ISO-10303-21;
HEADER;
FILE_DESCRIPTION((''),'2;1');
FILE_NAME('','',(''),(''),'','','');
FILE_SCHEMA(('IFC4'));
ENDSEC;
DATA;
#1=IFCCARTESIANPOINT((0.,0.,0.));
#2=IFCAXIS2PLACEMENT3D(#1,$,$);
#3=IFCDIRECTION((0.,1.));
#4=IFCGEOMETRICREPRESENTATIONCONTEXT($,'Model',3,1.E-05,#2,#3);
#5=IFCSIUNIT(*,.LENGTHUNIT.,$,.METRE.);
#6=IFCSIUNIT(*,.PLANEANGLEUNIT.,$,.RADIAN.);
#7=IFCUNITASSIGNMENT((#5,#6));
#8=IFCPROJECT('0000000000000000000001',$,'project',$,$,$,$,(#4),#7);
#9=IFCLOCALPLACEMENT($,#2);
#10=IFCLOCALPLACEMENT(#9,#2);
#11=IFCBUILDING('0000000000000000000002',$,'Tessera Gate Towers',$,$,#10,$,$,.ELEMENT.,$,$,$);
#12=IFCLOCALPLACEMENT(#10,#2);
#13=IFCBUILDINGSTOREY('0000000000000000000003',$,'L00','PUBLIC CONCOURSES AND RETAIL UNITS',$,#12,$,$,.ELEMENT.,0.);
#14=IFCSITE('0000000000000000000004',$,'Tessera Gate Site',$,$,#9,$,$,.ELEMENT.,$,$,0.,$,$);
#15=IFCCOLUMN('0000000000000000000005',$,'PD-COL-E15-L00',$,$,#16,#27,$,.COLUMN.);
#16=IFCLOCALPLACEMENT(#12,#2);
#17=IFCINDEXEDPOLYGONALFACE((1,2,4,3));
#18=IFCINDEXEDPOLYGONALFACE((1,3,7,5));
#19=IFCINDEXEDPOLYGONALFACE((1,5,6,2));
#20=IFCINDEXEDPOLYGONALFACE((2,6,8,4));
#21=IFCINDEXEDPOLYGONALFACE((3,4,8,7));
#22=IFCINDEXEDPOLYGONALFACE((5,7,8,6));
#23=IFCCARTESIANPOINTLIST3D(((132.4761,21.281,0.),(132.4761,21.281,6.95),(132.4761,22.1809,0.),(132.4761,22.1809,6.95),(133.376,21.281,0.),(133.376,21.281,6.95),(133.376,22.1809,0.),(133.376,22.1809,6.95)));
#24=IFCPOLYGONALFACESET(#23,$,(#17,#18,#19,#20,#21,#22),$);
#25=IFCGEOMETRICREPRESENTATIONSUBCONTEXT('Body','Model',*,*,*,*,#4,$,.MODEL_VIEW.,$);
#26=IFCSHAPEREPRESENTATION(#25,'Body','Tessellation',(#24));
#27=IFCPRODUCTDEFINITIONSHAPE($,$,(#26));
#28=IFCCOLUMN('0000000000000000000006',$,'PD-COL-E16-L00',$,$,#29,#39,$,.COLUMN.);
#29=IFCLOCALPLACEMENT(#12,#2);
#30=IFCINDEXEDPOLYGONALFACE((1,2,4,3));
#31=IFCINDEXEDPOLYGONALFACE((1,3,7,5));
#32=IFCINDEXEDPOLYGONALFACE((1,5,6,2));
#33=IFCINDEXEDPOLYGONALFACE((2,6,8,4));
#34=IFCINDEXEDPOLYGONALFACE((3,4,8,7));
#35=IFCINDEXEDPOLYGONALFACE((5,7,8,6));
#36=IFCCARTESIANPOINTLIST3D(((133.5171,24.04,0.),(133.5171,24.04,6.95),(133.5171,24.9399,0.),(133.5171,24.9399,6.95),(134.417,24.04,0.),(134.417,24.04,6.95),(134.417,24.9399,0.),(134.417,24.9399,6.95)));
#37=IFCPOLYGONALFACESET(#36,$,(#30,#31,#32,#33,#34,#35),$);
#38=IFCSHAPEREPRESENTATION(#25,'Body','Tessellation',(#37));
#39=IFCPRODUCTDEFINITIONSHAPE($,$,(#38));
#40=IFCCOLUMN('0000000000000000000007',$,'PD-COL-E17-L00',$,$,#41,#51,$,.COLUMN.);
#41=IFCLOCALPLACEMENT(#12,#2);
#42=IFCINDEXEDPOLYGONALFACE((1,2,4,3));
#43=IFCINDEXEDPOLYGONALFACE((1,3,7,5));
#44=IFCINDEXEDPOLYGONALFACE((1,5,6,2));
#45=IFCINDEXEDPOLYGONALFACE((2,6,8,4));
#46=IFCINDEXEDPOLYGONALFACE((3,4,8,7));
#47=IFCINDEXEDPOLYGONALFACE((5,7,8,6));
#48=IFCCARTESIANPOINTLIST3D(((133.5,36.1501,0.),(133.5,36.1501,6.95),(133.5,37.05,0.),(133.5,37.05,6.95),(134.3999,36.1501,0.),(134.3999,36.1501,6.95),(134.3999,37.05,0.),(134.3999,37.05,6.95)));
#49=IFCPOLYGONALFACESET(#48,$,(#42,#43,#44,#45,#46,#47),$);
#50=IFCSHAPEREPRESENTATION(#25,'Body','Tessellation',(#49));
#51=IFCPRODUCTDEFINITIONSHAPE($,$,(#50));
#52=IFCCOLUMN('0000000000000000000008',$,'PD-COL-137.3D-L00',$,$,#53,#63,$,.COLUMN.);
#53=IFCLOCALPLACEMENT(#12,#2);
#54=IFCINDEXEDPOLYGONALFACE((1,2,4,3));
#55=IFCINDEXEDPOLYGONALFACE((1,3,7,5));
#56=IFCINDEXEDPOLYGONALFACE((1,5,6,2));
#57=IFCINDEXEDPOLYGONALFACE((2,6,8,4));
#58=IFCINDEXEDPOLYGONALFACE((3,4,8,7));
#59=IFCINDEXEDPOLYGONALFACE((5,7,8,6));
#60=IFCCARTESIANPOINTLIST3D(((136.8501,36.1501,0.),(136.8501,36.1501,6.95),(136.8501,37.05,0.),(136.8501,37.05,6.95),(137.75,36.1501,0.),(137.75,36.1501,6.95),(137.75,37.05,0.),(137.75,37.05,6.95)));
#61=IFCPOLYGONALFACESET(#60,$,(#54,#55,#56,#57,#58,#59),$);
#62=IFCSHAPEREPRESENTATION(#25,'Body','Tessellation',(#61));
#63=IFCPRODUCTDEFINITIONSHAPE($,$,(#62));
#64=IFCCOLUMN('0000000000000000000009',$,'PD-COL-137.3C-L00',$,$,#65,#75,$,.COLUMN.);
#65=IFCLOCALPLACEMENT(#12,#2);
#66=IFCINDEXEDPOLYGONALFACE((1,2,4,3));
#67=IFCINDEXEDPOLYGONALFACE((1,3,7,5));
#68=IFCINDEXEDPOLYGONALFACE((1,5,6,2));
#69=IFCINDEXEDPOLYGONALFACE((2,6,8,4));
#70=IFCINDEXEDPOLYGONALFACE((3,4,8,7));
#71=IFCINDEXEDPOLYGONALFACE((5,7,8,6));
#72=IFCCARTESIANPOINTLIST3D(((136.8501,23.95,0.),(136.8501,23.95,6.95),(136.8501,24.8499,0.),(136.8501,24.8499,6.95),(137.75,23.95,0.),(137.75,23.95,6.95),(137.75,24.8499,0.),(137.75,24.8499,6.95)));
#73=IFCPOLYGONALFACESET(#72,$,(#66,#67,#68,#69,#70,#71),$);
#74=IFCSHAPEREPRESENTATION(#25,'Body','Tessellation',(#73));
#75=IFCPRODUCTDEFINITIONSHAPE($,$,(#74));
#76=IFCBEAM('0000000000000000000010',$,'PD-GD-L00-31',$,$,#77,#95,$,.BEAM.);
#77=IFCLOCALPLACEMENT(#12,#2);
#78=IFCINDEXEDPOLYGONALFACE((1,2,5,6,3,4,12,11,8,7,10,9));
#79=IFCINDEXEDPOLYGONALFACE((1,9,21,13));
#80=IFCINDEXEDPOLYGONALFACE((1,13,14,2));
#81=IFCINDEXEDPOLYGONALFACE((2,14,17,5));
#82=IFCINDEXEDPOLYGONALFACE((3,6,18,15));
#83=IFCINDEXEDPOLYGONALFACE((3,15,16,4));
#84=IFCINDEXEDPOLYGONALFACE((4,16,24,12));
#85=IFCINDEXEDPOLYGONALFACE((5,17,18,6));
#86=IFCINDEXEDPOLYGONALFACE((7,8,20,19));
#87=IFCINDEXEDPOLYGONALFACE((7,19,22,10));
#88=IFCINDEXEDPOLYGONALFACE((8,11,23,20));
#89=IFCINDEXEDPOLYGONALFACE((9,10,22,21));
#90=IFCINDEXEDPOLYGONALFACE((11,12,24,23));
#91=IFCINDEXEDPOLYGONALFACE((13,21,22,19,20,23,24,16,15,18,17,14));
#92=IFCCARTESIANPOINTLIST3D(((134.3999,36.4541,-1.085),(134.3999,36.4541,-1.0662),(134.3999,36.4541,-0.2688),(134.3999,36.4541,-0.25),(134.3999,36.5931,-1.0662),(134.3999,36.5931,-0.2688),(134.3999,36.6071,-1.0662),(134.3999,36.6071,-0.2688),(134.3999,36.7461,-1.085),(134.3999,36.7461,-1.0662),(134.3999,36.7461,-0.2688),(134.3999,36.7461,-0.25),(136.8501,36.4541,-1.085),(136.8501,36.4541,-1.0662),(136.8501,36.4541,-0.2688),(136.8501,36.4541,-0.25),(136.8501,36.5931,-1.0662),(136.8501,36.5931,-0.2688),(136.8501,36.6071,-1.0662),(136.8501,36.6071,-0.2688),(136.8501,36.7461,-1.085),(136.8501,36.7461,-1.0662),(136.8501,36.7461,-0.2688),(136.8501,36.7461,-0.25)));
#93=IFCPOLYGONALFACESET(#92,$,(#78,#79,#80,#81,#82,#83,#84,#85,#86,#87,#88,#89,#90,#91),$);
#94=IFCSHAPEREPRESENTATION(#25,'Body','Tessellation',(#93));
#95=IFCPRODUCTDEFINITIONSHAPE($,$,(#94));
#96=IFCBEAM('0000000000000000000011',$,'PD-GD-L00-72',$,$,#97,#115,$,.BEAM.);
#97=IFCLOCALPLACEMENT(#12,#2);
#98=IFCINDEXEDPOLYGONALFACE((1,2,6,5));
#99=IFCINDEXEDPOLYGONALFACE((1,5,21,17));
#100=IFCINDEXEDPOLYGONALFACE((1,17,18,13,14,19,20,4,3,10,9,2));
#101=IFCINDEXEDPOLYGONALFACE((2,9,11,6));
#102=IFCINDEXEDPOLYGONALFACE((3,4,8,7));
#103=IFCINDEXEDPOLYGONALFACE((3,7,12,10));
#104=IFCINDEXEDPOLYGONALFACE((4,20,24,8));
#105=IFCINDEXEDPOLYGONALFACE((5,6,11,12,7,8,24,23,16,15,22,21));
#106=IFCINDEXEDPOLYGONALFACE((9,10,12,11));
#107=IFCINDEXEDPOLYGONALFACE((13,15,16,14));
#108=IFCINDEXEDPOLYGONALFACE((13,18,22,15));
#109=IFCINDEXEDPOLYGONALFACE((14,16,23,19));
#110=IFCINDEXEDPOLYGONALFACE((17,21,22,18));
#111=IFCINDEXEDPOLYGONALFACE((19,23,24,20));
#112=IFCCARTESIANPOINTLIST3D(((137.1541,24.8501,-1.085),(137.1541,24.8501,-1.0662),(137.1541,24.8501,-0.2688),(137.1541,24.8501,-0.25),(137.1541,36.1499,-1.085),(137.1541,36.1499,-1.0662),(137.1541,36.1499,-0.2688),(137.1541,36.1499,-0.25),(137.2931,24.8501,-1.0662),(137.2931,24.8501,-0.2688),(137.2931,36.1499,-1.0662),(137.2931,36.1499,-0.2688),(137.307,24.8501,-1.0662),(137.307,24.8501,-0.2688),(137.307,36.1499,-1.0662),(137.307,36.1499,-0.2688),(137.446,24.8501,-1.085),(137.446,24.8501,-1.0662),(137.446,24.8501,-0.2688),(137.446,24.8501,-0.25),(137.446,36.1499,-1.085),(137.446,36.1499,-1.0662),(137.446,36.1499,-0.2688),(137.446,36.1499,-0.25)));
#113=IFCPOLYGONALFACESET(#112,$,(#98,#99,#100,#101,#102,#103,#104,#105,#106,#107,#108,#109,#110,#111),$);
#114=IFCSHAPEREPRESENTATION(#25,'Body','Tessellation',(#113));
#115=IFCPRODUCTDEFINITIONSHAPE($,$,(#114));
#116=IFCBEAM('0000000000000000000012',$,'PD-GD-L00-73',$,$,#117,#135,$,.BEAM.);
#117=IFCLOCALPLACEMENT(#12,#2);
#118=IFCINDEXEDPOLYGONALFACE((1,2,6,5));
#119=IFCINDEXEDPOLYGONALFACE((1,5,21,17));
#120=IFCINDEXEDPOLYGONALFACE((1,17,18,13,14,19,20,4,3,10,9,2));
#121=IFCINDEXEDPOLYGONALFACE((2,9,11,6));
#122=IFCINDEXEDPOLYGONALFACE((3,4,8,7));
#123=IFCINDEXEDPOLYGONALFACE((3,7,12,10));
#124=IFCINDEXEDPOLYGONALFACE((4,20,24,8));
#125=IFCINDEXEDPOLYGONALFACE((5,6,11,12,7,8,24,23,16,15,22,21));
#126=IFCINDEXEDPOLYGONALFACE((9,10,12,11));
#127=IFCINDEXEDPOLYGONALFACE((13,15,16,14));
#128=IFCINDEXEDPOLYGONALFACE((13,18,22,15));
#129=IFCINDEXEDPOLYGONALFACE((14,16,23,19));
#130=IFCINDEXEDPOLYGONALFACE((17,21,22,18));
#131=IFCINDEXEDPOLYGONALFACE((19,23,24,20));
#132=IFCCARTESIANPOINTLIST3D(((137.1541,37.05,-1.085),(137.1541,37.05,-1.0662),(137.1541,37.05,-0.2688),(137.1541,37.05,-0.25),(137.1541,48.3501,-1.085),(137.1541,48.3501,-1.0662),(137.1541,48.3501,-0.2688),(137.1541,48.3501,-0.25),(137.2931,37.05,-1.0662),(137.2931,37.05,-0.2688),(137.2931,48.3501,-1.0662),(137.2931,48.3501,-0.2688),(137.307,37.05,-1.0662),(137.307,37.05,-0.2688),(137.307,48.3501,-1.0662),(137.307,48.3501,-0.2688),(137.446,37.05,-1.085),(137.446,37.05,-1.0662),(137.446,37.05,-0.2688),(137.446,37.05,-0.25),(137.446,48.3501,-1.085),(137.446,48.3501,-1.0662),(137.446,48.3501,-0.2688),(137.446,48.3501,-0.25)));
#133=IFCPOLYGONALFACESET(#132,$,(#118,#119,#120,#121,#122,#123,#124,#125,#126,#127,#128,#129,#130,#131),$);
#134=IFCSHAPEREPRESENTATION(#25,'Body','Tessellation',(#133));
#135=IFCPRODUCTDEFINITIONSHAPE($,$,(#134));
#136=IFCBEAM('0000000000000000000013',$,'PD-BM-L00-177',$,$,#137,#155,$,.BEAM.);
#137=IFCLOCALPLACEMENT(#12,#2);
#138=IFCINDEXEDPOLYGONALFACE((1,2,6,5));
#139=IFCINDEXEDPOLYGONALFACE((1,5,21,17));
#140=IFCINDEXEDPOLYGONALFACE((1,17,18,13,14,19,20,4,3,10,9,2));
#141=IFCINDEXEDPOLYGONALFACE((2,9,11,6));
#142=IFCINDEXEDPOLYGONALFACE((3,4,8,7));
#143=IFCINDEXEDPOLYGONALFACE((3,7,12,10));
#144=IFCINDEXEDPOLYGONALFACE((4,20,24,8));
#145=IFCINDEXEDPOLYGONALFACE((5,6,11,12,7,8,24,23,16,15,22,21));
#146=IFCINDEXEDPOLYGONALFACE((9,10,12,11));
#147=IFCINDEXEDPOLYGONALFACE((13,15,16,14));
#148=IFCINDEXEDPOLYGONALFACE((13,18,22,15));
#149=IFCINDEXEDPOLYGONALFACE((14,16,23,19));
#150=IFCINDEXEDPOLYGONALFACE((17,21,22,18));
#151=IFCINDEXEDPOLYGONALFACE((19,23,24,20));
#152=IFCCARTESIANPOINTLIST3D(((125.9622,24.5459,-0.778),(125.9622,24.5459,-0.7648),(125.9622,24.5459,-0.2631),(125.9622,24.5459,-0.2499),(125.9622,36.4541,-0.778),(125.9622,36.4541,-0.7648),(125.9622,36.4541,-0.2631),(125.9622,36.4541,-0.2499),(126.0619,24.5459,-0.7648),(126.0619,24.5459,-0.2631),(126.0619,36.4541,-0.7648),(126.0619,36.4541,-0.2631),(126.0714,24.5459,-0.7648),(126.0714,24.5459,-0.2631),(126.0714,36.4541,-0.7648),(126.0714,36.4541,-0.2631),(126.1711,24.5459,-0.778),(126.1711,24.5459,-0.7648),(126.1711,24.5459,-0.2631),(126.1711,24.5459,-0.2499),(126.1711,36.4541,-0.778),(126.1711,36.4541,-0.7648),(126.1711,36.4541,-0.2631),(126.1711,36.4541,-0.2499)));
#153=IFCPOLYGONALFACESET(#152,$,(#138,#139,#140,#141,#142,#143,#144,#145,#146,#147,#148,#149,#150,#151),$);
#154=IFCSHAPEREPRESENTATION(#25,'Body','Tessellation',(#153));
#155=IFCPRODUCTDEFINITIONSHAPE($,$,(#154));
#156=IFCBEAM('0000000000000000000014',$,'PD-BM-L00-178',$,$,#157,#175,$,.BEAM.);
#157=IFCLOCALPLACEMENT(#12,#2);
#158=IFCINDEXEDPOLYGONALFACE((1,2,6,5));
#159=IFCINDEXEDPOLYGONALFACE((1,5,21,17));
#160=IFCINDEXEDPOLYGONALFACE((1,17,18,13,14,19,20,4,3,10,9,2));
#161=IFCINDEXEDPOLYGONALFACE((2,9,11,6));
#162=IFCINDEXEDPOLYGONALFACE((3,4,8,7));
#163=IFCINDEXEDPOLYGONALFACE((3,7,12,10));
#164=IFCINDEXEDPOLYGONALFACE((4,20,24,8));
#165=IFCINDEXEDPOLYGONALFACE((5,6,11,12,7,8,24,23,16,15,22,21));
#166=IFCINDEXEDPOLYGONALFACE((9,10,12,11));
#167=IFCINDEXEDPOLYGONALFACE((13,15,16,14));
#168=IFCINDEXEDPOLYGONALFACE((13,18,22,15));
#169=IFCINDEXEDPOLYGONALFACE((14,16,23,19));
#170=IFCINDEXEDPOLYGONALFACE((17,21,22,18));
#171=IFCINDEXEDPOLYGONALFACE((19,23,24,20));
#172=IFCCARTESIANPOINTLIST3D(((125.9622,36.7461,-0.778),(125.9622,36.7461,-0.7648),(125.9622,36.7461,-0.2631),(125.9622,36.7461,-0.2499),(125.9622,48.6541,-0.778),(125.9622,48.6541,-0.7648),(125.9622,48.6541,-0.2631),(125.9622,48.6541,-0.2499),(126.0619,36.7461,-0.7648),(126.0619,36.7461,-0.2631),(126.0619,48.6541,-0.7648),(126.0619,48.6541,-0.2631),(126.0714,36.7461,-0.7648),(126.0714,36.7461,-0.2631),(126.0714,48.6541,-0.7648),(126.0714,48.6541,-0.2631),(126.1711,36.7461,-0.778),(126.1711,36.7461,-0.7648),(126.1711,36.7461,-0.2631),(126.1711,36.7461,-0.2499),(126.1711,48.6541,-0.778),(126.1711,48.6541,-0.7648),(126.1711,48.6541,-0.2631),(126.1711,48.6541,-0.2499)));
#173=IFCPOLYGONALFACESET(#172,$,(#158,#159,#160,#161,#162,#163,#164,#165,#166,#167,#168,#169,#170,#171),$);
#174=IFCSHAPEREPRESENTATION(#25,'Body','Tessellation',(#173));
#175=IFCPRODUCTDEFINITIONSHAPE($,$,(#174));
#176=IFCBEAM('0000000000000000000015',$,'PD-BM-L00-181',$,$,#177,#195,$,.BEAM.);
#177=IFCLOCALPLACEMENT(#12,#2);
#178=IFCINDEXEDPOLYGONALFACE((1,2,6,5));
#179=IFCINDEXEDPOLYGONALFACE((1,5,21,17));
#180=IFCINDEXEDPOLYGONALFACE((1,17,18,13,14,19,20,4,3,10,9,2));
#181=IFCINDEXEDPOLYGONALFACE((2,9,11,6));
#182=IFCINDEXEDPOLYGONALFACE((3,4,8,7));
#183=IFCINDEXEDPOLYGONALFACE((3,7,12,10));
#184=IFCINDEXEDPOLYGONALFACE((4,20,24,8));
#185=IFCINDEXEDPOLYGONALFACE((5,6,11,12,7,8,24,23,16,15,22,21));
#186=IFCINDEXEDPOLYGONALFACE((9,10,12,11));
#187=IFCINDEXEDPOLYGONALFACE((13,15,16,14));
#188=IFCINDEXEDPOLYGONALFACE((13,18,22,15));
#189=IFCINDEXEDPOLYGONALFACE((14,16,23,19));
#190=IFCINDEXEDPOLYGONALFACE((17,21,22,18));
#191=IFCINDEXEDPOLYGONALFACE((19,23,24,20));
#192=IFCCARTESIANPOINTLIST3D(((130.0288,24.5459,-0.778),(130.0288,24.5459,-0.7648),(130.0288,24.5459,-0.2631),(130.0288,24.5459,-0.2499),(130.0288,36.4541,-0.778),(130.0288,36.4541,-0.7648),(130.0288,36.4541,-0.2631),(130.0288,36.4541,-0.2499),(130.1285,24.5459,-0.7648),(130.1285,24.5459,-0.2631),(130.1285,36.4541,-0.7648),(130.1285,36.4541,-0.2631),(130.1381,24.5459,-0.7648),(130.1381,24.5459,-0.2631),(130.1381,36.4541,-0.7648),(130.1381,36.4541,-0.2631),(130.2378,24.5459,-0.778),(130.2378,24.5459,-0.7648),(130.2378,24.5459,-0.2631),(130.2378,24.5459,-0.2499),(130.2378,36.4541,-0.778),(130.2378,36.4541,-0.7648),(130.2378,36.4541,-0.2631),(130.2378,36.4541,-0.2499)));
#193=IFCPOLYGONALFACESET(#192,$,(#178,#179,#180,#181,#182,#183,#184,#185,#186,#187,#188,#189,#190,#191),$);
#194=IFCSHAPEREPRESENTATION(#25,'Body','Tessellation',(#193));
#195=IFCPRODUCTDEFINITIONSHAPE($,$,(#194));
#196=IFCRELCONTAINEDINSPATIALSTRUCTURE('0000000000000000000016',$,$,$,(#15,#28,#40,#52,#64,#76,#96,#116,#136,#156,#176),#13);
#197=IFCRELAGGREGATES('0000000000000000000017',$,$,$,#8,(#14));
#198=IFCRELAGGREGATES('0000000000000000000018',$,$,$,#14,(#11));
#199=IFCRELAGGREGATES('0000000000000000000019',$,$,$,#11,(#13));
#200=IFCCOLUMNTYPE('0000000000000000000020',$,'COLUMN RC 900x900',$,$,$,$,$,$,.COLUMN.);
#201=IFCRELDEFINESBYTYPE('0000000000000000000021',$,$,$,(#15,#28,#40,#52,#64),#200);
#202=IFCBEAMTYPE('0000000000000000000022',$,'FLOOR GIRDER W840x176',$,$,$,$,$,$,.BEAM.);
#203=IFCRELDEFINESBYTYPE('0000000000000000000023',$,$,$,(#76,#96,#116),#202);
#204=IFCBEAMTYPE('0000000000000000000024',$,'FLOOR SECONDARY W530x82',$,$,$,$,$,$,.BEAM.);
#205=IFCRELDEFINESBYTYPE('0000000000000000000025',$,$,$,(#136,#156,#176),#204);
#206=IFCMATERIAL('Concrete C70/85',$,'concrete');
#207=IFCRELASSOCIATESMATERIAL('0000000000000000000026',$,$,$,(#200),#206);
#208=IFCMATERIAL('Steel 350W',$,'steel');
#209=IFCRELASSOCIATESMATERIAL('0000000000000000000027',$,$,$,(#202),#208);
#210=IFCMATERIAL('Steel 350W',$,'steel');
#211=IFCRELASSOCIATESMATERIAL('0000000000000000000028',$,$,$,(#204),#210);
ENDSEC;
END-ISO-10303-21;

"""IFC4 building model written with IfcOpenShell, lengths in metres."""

from ifc_helpers import new_model, si_unit, direction, frame, origin, origin_2d, place, context, subcontext, project, spatial, rectangle, i_section, extrude, material, material_profile, profile_set, type_object, element, save


model = new_model("IFC4")

# Units and contexts
model_context = context("Model", 3, precision=1e-05, world=origin(), true_north=direction((0.0, 1.0)))
body_context = subcontext(model_context, "Body", "Model", "MODEL_VIEW")
ifc_project = project(units=[si_unit("LENGTHUNIT", "METRE"), si_unit("PLANEANGLEUNIT", "RADIAN")], contexts=[model_context])

# Site, building, storey
site_placement = place(None, origin())
site = spatial("IfcSite", under=ifc_project, at=site_placement, Name="Tessera Gate Site", CompositionType="ELEMENT", RefElevation=0.0)
building_placement = place(site_placement, origin())
building = spatial("IfcBuilding", under=site, at=building_placement, Name="Tessera Gate Towers", CompositionType="ELEMENT")
storey_placement = place(building_placement, origin())
storey = spatial("IfcBuildingStorey", under=building, at=storey_placement, Name="L00", Description="PUBLIC CONCOURSES AND RETAIL UNITS", CompositionType="ELEMENT", Elevation=0.0)

# Columns
ifc_material_1 = material(Name="Concrete C70/85", Category="concrete")
ifc_material_profile_1 = material_profile(ifc_material_1, rectangle(XDim=0.8999, YDim=0.8999, at=origin_2d()), Name="RC 900x900")
ifc_profile_set_1 = profile_set([ifc_material_profile_1], Name="Concrete C70/85")
column_type = type_object("IfcColumnType", Name="COLUMN RC 900x900", PredefinedType="COLUMN", material=ifc_profile_set_1)
for number, where, z_axis, x_axis, name in (
    (1, (132.926, 21.731, 0.0), (0.0, 0.0, 1.0), (1.0, 0.0, 0.0), "PD-COL-E15-L00"),
    (2, (133.967, 24.49, 0.0), (0.0, 0.0, 1.0), (1.0, 0.0, 0.0), "PD-COL-E16-L00"),
    (3, (133.95, 36.6001, 0.0), (0.0, 0.0, 1.0), (1.0, 0.0, 0.0), "PD-COL-E17-L00"),
    (4, (137.3, 36.6001, 0.0), (0.0, 0.0, 1.0), (1.0, 0.0, 0.0), "PD-COL-137.3D-L00"),
    (5, (137.3, 24.3999, 0.0), (0.0, 0.0, 1.0), (1.0, 0.0, 0.0), "PD-COL-137.3C-L00"),
):
    element("IfcColumn", number, at=place(storey_placement, frame(where, z_axis=z_axis, x_axis=x_axis)), inside=storey, type_object=column_type, Name=name, PredefinedType="COLUMN", context=body_context, shape_type="SweptSolid", body=[
        extrude(rectangle(XDim=0.8999, YDim=0.8999, at=origin_2d()), origin(), (0.0, 0.0, 1.0), 6.95),
    ])

# Beams
ifc_material_2 = material(Name="Steel 350W", Category="steel")
ifc_material_profile_2 = material_profile(ifc_material_2, i_section(OverallWidth=0.292, OverallDepth=0.835, WebThickness=0.0139, FlangeThickness=0.0188, at=origin_2d()), Name="W840x176")
ifc_profile_set_2 = profile_set([ifc_material_profile_2], Name="Steel 350W")
beam_type_1 = type_object("IfcBeamType", Name="FLOOR GIRDER W840x176", PredefinedType="BEAM", material=ifc_profile_set_2)
beam_1_placement = place(storey_placement, frame((134.3999, 36.6001, -0.6675), z_axis=(1.0, 0.0, 0.0), x_axis=(0.0, 1.0, 0.0)))
element("IfcBeam", 6, at=beam_1_placement, inside=storey, type_object=beam_type_1, Name="PD-GD-L00-31", PredefinedType="BEAM", context=body_context, shape_type="SweptSolid", body=[
    extrude(i_section(OverallWidth=0.292, OverallDepth=0.835, WebThickness=0.0139, FlangeThickness=0.0188, at=origin_2d()), origin(), (0.0, 0.0, 1.0), 2.4502),
])
beam_2_placement = place(storey_placement, frame((137.3, 24.8501, -0.6675), z_axis=(0.0, 1.0, 0.0), x_axis=(-1.0, 0.0, 0.0)))
element("IfcBeam", 7, at=beam_2_placement, inside=storey, type_object=beam_type_1, Name="PD-GD-L00-72", PredefinedType="BEAM", context=body_context, shape_type="SweptSolid", body=[
    extrude(i_section(OverallWidth=0.292, OverallDepth=0.835, WebThickness=0.0139, FlangeThickness=0.0188, at=origin_2d()), origin(), (0.0, 0.0, 1.0), 11.2998),
])
beam_3_placement = place(storey_placement, frame((137.3, 37.05, -0.6675), z_axis=(0.0, 1.0, 0.0), x_axis=(-1.0, 0.0, 0.0)))
element("IfcBeam", 8, at=beam_3_placement, inside=storey, type_object=beam_type_1, Name="PD-GD-L00-73", PredefinedType="BEAM", context=body_context, shape_type="SweptSolid", body=[
    extrude(i_section(OverallWidth=0.292, OverallDepth=0.835, WebThickness=0.0139, FlangeThickness=0.0188, at=origin_2d()), origin(), (0.0, 0.0, 1.0), 11.3),
])
ifc_material_3 = material(Name="Steel 350W", Category="steel")
ifc_material_profile_3 = material_profile(ifc_material_3, i_section(OverallWidth=0.209, OverallDepth=0.5281, WebThickness=0.0095, FlangeThickness=0.0132, at=origin_2d()), Name="W530x82")
ifc_profile_set_3 = profile_set([ifc_material_profile_3], Name="Steel 350W")
beam_type_2 = type_object("IfcBeamType", Name="FLOOR SECONDARY W530x82", PredefinedType="BEAM", material=ifc_profile_set_3)
beam_4_placement = place(storey_placement, frame((126.0667, 24.5459, -0.5139), z_axis=(0.0, 1.0, 0.0), x_axis=(-1.0, 0.0, 0.0)))
element("IfcBeam", 9, at=beam_4_placement, inside=storey, type_object=beam_type_2, Name="PD-BM-L00-177", PredefinedType="BEAM", context=body_context, shape_type="SweptSolid", body=[
    extrude(i_section(OverallWidth=0.209, OverallDepth=0.5281, WebThickness=0.0095, FlangeThickness=0.0132, at=origin_2d()), origin(), (0.0, 0.0, 1.0), 11.9082),
])
beam_5_placement = place(storey_placement, frame((126.0667, 36.7461, -0.5139), z_axis=(0.0, 1.0, 0.0), x_axis=(-1.0, 0.0, 0.0)))
element("IfcBeam", 10, at=beam_5_placement, inside=storey, type_object=beam_type_2, Name="PD-BM-L00-178", PredefinedType="BEAM", context=body_context, shape_type="SweptSolid", body=[
    extrude(i_section(OverallWidth=0.209, OverallDepth=0.5281, WebThickness=0.0095, FlangeThickness=0.0132, at=origin_2d()), origin(), (0.0, 0.0, 1.0), 11.908),
])
beam_6_placement = place(storey_placement, frame((130.1333, 24.5459, -0.5139), z_axis=(0.0, 1.0, 0.0), x_axis=(-1.0, 0.0, 0.0)))
element("IfcBeam", 11, at=beam_6_placement, inside=storey, type_object=beam_type_2, Name="PD-BM-L00-181", PredefinedType="BEAM", context=body_context, shape_type="SweptSolid", body=[
    extrude(i_section(OverallWidth=0.209, OverallDepth=0.5281, WebThickness=0.0095, FlangeThickness=0.0132, at=origin_2d()), origin(), (0.0, 0.0, 1.0), 11.9082),
])

save(model, "model.ifc")
